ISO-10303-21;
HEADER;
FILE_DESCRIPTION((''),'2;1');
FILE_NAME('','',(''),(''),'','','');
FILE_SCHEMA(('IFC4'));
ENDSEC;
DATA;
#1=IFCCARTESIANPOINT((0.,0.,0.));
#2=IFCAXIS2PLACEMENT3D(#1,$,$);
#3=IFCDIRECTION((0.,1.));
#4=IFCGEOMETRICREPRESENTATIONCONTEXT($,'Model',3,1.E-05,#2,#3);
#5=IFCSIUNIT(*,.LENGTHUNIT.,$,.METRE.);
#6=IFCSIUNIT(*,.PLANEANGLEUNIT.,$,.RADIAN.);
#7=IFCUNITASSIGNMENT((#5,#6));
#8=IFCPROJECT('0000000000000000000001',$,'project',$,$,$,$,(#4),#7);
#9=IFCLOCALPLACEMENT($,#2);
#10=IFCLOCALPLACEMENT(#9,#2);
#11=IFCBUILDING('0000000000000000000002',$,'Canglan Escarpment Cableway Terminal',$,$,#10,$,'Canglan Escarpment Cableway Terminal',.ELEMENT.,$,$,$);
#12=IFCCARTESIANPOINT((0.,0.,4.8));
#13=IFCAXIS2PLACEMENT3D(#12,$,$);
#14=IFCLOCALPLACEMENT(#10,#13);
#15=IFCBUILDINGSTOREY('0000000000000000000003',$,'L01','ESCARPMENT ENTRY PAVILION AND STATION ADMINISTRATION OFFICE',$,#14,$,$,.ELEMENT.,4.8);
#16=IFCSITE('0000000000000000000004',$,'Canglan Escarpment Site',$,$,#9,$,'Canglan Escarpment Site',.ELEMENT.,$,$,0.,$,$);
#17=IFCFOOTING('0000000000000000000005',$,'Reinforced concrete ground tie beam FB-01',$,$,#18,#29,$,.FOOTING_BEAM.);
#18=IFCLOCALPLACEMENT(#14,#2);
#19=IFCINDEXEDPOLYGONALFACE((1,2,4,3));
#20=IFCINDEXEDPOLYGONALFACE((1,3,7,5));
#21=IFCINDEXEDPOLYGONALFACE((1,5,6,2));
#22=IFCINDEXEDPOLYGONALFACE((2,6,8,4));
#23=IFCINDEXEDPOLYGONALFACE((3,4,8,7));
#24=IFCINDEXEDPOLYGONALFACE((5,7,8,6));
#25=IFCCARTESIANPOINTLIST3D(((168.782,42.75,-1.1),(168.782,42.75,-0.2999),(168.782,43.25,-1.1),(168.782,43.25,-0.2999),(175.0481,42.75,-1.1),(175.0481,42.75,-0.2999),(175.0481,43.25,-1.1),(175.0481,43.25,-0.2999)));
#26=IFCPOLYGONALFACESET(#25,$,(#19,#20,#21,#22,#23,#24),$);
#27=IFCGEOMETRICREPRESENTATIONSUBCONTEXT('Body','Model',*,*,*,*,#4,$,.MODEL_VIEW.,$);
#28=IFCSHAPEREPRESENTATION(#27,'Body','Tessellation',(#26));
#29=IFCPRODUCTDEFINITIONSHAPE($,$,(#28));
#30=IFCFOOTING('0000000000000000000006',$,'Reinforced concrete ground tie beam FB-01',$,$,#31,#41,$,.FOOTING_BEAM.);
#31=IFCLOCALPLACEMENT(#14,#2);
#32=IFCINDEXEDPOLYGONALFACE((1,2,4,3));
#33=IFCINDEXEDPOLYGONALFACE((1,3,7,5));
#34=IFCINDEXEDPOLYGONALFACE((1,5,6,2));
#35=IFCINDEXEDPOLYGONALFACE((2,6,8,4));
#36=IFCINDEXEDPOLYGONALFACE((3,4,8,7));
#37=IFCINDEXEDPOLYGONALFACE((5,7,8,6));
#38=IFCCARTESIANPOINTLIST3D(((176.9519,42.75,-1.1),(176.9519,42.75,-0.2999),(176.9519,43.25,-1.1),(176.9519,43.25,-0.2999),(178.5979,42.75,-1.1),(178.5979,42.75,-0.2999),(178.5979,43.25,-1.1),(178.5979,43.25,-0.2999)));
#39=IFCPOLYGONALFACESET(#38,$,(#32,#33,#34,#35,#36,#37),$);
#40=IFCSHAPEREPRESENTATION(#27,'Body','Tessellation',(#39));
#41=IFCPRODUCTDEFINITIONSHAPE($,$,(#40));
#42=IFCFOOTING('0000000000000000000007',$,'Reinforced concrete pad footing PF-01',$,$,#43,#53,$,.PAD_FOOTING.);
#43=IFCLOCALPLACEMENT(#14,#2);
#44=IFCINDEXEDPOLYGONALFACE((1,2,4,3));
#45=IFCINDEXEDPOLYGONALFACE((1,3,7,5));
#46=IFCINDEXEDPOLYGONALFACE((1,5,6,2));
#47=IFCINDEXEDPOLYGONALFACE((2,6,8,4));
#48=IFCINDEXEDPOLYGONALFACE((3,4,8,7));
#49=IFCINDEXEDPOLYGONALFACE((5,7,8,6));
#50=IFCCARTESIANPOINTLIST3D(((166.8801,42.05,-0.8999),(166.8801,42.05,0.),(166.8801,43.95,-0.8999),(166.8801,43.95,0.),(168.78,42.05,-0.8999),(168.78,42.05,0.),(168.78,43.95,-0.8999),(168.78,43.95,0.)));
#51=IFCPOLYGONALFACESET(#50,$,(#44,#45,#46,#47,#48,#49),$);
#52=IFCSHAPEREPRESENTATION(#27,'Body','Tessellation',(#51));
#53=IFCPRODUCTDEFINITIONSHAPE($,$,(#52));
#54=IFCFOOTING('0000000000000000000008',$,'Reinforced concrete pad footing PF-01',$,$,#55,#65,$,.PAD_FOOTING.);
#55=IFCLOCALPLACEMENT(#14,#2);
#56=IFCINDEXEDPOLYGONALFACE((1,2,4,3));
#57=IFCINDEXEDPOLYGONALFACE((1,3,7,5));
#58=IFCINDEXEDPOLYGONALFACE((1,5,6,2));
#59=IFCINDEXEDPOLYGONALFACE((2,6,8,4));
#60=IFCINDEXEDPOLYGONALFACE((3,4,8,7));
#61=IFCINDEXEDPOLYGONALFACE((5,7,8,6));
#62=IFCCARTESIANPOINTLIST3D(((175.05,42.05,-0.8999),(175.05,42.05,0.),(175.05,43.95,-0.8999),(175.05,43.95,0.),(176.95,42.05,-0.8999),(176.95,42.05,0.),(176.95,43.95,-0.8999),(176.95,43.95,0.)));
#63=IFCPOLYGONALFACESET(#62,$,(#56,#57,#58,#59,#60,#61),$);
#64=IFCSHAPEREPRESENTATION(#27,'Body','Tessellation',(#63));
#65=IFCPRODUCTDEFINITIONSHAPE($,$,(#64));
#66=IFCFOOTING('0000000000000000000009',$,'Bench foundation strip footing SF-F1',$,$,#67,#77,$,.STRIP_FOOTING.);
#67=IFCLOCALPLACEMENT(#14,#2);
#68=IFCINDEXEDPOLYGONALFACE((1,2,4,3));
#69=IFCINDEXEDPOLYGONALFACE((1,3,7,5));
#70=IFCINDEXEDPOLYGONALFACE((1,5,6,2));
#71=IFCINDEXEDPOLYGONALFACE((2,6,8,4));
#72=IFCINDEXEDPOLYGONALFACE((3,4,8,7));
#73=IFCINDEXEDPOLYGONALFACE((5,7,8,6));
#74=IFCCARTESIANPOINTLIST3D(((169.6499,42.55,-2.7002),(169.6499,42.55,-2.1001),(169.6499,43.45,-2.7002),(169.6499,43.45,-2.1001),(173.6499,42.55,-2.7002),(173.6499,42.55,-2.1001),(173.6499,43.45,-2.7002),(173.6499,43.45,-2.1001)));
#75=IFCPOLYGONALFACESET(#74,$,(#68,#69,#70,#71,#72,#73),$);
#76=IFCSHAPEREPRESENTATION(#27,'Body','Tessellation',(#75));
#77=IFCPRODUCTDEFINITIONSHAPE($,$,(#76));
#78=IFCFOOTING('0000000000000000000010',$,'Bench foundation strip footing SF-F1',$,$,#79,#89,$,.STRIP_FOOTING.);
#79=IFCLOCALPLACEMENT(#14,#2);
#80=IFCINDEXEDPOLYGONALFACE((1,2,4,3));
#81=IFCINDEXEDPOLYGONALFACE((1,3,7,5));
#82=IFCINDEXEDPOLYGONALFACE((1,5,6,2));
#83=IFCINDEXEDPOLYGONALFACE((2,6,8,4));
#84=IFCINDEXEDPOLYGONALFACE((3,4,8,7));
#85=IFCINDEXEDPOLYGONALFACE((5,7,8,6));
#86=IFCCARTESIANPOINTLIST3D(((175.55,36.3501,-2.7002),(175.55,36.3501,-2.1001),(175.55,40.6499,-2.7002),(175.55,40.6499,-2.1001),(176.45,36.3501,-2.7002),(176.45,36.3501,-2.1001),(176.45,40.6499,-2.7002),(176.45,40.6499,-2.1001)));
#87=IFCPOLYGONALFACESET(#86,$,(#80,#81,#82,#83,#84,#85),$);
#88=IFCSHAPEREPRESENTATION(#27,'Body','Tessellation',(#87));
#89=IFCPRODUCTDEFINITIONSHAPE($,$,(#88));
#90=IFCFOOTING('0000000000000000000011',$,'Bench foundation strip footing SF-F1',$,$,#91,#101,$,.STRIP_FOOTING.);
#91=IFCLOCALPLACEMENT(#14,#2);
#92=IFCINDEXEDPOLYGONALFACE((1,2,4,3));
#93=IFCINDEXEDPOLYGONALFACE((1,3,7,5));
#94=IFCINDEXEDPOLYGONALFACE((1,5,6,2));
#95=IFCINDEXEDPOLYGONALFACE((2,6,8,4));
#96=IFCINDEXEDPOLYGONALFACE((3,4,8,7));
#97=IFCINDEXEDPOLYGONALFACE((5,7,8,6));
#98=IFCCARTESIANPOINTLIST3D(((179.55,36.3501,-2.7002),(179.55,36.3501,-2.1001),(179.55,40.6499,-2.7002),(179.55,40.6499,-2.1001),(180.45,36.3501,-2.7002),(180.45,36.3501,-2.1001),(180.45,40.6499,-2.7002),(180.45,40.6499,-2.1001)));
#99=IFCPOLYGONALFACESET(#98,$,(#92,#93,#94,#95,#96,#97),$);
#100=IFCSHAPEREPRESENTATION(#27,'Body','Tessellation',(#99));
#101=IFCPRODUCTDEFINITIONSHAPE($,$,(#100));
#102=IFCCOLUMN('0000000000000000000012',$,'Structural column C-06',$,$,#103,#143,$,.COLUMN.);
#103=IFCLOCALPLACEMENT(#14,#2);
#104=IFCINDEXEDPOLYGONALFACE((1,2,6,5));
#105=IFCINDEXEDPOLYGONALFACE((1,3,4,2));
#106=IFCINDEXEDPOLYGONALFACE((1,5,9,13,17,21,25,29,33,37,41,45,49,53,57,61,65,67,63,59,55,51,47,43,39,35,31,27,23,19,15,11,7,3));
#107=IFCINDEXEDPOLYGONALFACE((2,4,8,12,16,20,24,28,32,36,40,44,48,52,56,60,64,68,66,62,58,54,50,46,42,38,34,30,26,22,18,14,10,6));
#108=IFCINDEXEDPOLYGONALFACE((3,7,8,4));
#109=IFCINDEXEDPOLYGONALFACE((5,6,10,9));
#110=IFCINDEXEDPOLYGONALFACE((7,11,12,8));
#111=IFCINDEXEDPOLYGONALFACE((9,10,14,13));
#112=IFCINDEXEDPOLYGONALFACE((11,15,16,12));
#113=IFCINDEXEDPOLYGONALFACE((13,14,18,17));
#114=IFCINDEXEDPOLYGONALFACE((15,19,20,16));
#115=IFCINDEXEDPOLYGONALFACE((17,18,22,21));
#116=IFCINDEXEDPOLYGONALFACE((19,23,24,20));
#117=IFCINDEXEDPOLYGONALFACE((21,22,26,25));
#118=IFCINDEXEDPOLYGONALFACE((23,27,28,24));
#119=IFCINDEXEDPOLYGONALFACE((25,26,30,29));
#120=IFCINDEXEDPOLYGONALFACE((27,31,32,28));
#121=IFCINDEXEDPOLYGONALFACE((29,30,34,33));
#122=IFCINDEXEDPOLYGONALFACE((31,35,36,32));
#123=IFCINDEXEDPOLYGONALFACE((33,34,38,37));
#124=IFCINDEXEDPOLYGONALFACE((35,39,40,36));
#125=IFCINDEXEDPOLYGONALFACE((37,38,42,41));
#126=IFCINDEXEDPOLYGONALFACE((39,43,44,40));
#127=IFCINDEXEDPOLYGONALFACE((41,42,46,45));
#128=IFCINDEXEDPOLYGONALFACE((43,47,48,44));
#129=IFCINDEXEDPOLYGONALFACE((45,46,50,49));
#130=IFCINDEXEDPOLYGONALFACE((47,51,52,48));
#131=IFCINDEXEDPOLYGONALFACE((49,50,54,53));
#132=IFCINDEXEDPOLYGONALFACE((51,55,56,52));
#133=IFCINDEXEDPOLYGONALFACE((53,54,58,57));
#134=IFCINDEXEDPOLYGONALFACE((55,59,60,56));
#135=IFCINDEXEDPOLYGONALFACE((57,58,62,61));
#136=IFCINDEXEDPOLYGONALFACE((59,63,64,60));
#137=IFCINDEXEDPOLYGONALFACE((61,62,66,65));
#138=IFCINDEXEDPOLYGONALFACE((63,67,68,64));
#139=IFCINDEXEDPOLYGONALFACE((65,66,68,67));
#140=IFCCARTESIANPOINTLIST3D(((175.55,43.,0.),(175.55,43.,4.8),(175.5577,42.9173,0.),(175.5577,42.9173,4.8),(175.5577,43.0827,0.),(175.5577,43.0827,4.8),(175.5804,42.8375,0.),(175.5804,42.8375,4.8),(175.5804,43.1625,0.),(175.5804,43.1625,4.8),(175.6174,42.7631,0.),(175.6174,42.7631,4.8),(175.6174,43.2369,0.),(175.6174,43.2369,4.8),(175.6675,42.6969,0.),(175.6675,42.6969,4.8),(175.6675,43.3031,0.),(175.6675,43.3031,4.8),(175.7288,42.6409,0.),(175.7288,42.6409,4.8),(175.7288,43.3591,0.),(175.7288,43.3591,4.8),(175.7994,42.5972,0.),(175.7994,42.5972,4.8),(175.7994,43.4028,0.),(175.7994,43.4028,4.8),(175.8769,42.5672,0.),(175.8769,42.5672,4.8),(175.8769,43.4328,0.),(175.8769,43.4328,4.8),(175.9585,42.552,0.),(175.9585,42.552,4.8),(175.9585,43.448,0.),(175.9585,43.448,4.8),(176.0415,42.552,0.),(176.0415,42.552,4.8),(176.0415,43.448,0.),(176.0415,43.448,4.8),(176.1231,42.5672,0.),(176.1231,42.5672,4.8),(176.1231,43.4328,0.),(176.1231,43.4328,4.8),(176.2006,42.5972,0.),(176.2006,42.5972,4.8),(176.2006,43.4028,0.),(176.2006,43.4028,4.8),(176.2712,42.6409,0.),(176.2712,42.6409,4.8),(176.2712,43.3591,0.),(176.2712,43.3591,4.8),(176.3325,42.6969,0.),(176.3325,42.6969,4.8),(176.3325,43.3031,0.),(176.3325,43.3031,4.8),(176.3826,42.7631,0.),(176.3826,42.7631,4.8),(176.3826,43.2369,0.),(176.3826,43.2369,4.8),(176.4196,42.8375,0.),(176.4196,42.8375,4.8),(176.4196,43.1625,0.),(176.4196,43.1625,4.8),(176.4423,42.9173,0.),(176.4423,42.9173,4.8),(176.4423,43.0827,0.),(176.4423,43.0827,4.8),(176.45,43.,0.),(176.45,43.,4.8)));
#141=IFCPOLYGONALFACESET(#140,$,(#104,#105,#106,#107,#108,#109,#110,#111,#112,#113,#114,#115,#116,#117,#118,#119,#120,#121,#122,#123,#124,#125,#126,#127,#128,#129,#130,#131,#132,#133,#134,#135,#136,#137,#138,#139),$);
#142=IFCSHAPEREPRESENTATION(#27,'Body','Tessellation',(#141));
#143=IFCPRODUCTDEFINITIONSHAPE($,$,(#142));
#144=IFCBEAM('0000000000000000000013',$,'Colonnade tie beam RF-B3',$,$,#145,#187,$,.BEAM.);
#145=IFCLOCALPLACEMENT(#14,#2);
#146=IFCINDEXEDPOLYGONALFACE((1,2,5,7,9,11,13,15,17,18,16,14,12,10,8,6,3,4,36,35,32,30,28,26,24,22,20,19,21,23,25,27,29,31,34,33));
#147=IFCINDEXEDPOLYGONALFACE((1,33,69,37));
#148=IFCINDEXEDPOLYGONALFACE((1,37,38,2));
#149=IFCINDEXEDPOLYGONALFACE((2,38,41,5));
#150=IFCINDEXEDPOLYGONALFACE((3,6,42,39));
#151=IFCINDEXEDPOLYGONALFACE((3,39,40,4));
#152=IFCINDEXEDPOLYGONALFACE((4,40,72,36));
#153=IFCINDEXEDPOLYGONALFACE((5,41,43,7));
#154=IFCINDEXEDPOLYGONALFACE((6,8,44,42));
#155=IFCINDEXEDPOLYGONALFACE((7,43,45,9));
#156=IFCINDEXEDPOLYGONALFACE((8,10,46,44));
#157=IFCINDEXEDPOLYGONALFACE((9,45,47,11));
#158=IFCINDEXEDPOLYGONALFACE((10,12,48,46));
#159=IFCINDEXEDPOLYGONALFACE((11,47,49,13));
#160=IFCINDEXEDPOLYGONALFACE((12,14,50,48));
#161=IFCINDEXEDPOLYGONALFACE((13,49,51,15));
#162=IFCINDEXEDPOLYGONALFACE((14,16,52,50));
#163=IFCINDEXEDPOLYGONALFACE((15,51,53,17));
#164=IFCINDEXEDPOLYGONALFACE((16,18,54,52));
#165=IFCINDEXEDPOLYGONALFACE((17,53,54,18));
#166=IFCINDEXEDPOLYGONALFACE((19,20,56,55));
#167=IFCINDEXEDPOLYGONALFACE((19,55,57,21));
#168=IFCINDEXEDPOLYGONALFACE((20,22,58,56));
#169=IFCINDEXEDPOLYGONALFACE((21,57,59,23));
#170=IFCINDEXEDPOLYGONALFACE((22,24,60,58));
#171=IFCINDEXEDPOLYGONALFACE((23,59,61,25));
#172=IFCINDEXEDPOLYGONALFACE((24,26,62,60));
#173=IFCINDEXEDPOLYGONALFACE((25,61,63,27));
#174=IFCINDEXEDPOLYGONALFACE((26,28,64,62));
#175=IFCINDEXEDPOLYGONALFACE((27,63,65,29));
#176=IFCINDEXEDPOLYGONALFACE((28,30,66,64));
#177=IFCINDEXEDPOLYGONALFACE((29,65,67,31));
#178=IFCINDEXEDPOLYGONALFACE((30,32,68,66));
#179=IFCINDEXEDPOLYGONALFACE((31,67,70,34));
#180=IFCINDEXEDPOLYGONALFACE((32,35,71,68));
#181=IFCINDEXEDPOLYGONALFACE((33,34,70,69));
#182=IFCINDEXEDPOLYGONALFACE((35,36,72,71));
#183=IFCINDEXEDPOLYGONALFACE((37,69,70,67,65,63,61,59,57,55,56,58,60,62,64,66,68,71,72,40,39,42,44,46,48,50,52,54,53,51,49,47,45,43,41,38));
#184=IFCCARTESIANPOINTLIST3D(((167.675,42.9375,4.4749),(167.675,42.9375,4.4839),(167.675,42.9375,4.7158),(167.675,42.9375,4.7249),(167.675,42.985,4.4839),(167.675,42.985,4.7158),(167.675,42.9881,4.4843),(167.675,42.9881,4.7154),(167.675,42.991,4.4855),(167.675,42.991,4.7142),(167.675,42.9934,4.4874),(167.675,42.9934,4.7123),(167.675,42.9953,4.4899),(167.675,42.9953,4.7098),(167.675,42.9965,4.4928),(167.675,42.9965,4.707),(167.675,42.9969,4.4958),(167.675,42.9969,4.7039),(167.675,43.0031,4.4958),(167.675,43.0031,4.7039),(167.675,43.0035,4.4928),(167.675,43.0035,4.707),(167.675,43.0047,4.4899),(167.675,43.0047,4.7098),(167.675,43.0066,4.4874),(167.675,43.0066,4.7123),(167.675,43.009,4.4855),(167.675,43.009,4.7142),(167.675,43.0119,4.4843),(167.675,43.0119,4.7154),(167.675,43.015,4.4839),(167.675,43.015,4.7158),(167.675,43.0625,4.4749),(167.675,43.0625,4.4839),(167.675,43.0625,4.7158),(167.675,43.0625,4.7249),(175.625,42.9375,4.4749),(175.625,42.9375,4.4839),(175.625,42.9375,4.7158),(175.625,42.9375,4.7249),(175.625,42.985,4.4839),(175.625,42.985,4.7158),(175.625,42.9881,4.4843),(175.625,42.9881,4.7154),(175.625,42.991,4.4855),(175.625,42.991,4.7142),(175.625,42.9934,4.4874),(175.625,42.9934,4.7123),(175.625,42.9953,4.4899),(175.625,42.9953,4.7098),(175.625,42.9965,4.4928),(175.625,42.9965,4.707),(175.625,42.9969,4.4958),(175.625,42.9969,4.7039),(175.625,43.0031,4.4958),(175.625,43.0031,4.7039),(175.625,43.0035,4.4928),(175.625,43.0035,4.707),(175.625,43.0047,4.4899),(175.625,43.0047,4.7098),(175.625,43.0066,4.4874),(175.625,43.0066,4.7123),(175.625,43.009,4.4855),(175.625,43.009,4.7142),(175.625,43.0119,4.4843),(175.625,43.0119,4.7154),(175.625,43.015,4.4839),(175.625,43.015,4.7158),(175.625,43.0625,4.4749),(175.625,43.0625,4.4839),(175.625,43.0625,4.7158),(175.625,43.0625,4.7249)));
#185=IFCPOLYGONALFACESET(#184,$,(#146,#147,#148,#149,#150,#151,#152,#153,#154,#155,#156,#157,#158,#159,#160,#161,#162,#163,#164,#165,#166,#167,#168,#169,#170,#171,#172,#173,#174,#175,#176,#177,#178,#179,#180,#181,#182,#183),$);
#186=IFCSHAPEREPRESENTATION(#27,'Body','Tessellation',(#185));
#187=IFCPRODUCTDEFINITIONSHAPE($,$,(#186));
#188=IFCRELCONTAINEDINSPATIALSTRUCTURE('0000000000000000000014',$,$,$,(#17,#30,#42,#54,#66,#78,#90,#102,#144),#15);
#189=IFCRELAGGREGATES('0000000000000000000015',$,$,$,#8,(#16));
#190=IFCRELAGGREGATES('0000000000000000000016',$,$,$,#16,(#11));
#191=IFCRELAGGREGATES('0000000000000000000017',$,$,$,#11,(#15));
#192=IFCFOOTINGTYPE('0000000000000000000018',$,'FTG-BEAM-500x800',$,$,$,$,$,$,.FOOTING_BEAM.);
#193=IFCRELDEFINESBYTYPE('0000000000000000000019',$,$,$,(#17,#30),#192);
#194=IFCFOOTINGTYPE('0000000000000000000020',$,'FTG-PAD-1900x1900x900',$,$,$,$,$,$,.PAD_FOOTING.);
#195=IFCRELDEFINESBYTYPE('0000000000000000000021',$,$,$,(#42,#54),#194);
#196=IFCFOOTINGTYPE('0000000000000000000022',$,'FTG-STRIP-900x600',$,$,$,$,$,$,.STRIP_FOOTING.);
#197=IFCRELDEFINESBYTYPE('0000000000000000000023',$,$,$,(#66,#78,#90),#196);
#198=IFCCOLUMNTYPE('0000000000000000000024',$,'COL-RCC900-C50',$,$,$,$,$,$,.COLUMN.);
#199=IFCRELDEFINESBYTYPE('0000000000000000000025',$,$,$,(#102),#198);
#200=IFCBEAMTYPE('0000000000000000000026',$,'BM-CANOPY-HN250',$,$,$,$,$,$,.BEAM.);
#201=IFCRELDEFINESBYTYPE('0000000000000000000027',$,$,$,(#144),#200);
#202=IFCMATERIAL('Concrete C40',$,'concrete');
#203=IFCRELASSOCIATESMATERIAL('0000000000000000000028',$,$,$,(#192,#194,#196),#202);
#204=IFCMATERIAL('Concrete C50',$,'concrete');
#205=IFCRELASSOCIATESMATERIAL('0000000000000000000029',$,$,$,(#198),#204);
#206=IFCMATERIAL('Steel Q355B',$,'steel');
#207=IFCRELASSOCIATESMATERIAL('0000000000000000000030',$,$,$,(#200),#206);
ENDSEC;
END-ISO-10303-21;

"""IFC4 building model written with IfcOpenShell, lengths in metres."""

from ifc_helpers import new_model, si_unit, direction, frame, origin, origin_2d, place, context, subcontext, project, spatial, rectangle, circle, i_section, extrude, material, material_profile, profile_set, type_object, element, save


model = new_model("IFC4")

# Units and contexts
model_context = context("Model", 3, precision=1e-05, world=origin(), true_north=direction((0.0, 1.0)))
body_context = subcontext(model_context, "Body", "Model", "MODEL_VIEW")
ifc_project = project(units=[si_unit("LENGTHUNIT", "METRE"), si_unit("PLANEANGLEUNIT", "RADIAN")], contexts=[model_context])

# Site, building, storey
site_placement = place(None, origin())
site = spatial("IfcSite", under=ifc_project, at=site_placement, Name="Canglan Escarpment Site", LongName="Canglan Escarpment Site", CompositionType="ELEMENT", RefElevation=0.0)
building_placement = place(site_placement, origin())
building = spatial("IfcBuilding", under=site, at=building_placement, Name="Canglan Escarpment Cableway Terminal", LongName="Canglan Escarpment Cableway Terminal", CompositionType="ELEMENT")
storey_placement = place(building_placement, frame((0.0, 0.0, 4.8)))
storey = spatial("IfcBuildingStorey", under=building, at=storey_placement, Name="L01", Description="ESCARPMENT ENTRY PAVILION AND STATION ADMINISTRATION OFFICE", CompositionType="ELEMENT", Elevation=4.8)

# Footings
ifc_material_1 = material(Name="Concrete C40", Category="concrete")
ifc_material_profile_1 = material_profile(ifc_material_1, rectangle(XDim=0.5, YDim=0.8, at=origin_2d()), Name="FB 500x800")
ifc_profile_set_1 = profile_set([ifc_material_profile_1], Name="Concrete C40")
footing_type_1 = type_object("IfcFootingType", Name="FTG-BEAM-500x800", PredefinedType="FOOTING_BEAM", material=ifc_profile_set_1)
footing_1_placement = place(storey_placement, frame((168.782, 43.0, -0.7), z_axis=(1.0, 0.0, 0.0), x_axis=(0.0, 1.0, 0.0)))
element("IfcFooting", 1, at=footing_1_placement, inside=storey, type_object=footing_type_1, Name="Reinforced concrete ground tie beam FB-01", PredefinedType="FOOTING_BEAM", context=body_context, shape_type="SweptSolid", body=[
    extrude(rectangle(XDim=0.5, YDim=0.8, at=origin_2d()), origin(), (0.0, 0.0, 1.0), 6.2661),
])
footing_2_placement = place(storey_placement, frame((176.9519, 43.0, -0.7), z_axis=(1.0, 0.0, 0.0), x_axis=(0.0, 1.0, 0.0)))
element("IfcFooting", 2, at=footing_2_placement, inside=storey, type_object=footing_type_1, Name="Reinforced concrete ground tie beam FB-01", PredefinedType="FOOTING_BEAM", context=body_context, shape_type="SweptSolid", body=[
    extrude(rectangle(XDim=0.5, YDim=0.8, at=origin_2d()), origin(), (0.0, 0.0, 1.0), 1.646),
])
footing_type_2 = type_object("IfcFootingType", Name="FTG-PAD-1900x1900x900", PredefinedType="PAD_FOOTING", material=ifc_material_1)
for number, where, z_axis, x_axis, name in (
    (3, (167.8301, 43.0, -0.8999), (0.0, 0.0, 1.0), (1.0, 0.0, 0.0), "Reinforced concrete pad footing PF-01"),
    (4, (176.0, 43.0, -0.8999), (0.0, 0.0, 1.0), (1.0, 0.0, 0.0), "Reinforced concrete pad footing PF-01"),
):
    element("IfcFooting", number, at=place(storey_placement, frame(where, z_axis=z_axis, x_axis=x_axis)), inside=storey, type_object=footing_type_2, Name=name, PredefinedType="PAD_FOOTING", context=body_context, shape_type="SweptSolid", body=[
        extrude(rectangle(XDim=1.8999, YDim=1.8999, at=origin_2d()), origin(), (0.0, 0.0, 1.0), 0.8999),
    ])
ifc_material_profile_2 = material_profile(ifc_material_1, rectangle(XDim=0.8999, YDim=0.6001, at=origin_2d()), Name="SF 900x600")
ifc_profile_set_2 = profile_set([ifc_material_profile_2], Name="Concrete C40")
footing_type_3 = type_object("IfcFootingType", Name="FTG-STRIP-900x600", PredefinedType="STRIP_FOOTING", material=ifc_profile_set_2)
footing_3_placement = place(storey_placement, frame((169.6499, 43.0, -2.4001), z_axis=(1.0, 0.0, 0.0), x_axis=(0.0, 1.0, 0.0)))
element("IfcFooting", 5, at=footing_3_placement, inside=storey, type_object=footing_type_3, Name="Bench foundation strip footing SF-F1", PredefinedType="STRIP_FOOTING", context=body_context, shape_type="SweptSolid", body=[
    extrude(rectangle(XDim=0.8999, YDim=0.6001, at=origin_2d()), origin(), (0.0, 0.0, 1.0), 4.0),
])
for number, where, z_axis, x_axis, name in (
    (6, (176.0, 36.3501, -2.4001), (0.0, 1.0, 0.0), (-1.0, 0.0, 0.0), "Bench foundation strip footing SF-F1"),
    (7, (180.0, 36.3501, -2.4001), (0.0, 1.0, 0.0), (-1.0, 0.0, 0.0), "Bench foundation strip footing SF-F1"),
):
    element("IfcFooting", number, at=place(storey_placement, frame(where, z_axis=z_axis, x_axis=x_axis)), inside=storey, type_object=footing_type_3, Name=name, PredefinedType="STRIP_FOOTING", context=body_context, shape_type="SweptSolid", body=[
        extrude(rectangle(XDim=0.8999, YDim=0.6001, at=origin_2d()), origin(), (0.0, 0.0, 1.0), 4.2998),
    ])

# Column
ifc_material_2 = material(Name="Concrete C50", Category="concrete")
ifc_material_profile_3 = material_profile(ifc_material_2, circle(Radius=0.45, at=origin_2d()), Name="RC-CIRC D900")
ifc_profile_set_3 = profile_set([ifc_material_profile_3], Name="Concrete C50")
column_type = type_object("IfcColumnType", Name="COL-RCC900-C50", PredefinedType="COLUMN", material=ifc_profile_set_3)
column_placement = place(storey_placement, frame((176.0, 43.0, 0.0), z_axis=(0.0, 0.0, 1.0), x_axis=(1.0, 0.0, 0.0)))
element("IfcColumn", 8, at=column_placement, inside=storey, type_object=column_type, Name="Structural column C-06", PredefinedType="COLUMN", context=body_context, shape_type="SweptSolid", body=[
    extrude(circle(Radius=0.45, at=origin_2d()), origin(), (0.0, 0.0, 1.0), 4.8),
])

# Beam
ifc_material_3 = material(Name="Steel Q355B", Category="steel")
ifc_material_profile_4 = material_profile(ifc_material_3, i_section(OverallWidth=0.125, OverallDepth=0.25, WebThickness=0.0061, FlangeThickness=0.009, FilletRadius=0.012, at=origin_2d()), Name="HN 250x125x6x9")
ifc_profile_set_4 = profile_set([ifc_material_profile_4], Name="Steel Q355B")
beam_type = type_object("IfcBeamType", Name="BM-CANOPY-HN250", PredefinedType="BEAM", material=ifc_profile_set_4)
beam_placement = place(storey_placement, frame((167.675, 43.0, 4.5999), z_axis=(1.0, 0.0, 0.0), x_axis=(0.0, 1.0, 0.0)))
element("IfcBeam", 9, at=beam_placement, inside=storey, type_object=beam_type, Name="Colonnade tie beam RF-B3", PredefinedType="BEAM", context=body_context, shape_type="SweptSolid", body=[
    extrude(i_section(OverallWidth=0.125, OverallDepth=0.25, WebThickness=0.0061, FlangeThickness=0.009, FilletRadius=0.012, at=origin_2d()), origin(), (0.0, 0.0, 1.0), 7.95),
])

save(model, "model.ifc")
